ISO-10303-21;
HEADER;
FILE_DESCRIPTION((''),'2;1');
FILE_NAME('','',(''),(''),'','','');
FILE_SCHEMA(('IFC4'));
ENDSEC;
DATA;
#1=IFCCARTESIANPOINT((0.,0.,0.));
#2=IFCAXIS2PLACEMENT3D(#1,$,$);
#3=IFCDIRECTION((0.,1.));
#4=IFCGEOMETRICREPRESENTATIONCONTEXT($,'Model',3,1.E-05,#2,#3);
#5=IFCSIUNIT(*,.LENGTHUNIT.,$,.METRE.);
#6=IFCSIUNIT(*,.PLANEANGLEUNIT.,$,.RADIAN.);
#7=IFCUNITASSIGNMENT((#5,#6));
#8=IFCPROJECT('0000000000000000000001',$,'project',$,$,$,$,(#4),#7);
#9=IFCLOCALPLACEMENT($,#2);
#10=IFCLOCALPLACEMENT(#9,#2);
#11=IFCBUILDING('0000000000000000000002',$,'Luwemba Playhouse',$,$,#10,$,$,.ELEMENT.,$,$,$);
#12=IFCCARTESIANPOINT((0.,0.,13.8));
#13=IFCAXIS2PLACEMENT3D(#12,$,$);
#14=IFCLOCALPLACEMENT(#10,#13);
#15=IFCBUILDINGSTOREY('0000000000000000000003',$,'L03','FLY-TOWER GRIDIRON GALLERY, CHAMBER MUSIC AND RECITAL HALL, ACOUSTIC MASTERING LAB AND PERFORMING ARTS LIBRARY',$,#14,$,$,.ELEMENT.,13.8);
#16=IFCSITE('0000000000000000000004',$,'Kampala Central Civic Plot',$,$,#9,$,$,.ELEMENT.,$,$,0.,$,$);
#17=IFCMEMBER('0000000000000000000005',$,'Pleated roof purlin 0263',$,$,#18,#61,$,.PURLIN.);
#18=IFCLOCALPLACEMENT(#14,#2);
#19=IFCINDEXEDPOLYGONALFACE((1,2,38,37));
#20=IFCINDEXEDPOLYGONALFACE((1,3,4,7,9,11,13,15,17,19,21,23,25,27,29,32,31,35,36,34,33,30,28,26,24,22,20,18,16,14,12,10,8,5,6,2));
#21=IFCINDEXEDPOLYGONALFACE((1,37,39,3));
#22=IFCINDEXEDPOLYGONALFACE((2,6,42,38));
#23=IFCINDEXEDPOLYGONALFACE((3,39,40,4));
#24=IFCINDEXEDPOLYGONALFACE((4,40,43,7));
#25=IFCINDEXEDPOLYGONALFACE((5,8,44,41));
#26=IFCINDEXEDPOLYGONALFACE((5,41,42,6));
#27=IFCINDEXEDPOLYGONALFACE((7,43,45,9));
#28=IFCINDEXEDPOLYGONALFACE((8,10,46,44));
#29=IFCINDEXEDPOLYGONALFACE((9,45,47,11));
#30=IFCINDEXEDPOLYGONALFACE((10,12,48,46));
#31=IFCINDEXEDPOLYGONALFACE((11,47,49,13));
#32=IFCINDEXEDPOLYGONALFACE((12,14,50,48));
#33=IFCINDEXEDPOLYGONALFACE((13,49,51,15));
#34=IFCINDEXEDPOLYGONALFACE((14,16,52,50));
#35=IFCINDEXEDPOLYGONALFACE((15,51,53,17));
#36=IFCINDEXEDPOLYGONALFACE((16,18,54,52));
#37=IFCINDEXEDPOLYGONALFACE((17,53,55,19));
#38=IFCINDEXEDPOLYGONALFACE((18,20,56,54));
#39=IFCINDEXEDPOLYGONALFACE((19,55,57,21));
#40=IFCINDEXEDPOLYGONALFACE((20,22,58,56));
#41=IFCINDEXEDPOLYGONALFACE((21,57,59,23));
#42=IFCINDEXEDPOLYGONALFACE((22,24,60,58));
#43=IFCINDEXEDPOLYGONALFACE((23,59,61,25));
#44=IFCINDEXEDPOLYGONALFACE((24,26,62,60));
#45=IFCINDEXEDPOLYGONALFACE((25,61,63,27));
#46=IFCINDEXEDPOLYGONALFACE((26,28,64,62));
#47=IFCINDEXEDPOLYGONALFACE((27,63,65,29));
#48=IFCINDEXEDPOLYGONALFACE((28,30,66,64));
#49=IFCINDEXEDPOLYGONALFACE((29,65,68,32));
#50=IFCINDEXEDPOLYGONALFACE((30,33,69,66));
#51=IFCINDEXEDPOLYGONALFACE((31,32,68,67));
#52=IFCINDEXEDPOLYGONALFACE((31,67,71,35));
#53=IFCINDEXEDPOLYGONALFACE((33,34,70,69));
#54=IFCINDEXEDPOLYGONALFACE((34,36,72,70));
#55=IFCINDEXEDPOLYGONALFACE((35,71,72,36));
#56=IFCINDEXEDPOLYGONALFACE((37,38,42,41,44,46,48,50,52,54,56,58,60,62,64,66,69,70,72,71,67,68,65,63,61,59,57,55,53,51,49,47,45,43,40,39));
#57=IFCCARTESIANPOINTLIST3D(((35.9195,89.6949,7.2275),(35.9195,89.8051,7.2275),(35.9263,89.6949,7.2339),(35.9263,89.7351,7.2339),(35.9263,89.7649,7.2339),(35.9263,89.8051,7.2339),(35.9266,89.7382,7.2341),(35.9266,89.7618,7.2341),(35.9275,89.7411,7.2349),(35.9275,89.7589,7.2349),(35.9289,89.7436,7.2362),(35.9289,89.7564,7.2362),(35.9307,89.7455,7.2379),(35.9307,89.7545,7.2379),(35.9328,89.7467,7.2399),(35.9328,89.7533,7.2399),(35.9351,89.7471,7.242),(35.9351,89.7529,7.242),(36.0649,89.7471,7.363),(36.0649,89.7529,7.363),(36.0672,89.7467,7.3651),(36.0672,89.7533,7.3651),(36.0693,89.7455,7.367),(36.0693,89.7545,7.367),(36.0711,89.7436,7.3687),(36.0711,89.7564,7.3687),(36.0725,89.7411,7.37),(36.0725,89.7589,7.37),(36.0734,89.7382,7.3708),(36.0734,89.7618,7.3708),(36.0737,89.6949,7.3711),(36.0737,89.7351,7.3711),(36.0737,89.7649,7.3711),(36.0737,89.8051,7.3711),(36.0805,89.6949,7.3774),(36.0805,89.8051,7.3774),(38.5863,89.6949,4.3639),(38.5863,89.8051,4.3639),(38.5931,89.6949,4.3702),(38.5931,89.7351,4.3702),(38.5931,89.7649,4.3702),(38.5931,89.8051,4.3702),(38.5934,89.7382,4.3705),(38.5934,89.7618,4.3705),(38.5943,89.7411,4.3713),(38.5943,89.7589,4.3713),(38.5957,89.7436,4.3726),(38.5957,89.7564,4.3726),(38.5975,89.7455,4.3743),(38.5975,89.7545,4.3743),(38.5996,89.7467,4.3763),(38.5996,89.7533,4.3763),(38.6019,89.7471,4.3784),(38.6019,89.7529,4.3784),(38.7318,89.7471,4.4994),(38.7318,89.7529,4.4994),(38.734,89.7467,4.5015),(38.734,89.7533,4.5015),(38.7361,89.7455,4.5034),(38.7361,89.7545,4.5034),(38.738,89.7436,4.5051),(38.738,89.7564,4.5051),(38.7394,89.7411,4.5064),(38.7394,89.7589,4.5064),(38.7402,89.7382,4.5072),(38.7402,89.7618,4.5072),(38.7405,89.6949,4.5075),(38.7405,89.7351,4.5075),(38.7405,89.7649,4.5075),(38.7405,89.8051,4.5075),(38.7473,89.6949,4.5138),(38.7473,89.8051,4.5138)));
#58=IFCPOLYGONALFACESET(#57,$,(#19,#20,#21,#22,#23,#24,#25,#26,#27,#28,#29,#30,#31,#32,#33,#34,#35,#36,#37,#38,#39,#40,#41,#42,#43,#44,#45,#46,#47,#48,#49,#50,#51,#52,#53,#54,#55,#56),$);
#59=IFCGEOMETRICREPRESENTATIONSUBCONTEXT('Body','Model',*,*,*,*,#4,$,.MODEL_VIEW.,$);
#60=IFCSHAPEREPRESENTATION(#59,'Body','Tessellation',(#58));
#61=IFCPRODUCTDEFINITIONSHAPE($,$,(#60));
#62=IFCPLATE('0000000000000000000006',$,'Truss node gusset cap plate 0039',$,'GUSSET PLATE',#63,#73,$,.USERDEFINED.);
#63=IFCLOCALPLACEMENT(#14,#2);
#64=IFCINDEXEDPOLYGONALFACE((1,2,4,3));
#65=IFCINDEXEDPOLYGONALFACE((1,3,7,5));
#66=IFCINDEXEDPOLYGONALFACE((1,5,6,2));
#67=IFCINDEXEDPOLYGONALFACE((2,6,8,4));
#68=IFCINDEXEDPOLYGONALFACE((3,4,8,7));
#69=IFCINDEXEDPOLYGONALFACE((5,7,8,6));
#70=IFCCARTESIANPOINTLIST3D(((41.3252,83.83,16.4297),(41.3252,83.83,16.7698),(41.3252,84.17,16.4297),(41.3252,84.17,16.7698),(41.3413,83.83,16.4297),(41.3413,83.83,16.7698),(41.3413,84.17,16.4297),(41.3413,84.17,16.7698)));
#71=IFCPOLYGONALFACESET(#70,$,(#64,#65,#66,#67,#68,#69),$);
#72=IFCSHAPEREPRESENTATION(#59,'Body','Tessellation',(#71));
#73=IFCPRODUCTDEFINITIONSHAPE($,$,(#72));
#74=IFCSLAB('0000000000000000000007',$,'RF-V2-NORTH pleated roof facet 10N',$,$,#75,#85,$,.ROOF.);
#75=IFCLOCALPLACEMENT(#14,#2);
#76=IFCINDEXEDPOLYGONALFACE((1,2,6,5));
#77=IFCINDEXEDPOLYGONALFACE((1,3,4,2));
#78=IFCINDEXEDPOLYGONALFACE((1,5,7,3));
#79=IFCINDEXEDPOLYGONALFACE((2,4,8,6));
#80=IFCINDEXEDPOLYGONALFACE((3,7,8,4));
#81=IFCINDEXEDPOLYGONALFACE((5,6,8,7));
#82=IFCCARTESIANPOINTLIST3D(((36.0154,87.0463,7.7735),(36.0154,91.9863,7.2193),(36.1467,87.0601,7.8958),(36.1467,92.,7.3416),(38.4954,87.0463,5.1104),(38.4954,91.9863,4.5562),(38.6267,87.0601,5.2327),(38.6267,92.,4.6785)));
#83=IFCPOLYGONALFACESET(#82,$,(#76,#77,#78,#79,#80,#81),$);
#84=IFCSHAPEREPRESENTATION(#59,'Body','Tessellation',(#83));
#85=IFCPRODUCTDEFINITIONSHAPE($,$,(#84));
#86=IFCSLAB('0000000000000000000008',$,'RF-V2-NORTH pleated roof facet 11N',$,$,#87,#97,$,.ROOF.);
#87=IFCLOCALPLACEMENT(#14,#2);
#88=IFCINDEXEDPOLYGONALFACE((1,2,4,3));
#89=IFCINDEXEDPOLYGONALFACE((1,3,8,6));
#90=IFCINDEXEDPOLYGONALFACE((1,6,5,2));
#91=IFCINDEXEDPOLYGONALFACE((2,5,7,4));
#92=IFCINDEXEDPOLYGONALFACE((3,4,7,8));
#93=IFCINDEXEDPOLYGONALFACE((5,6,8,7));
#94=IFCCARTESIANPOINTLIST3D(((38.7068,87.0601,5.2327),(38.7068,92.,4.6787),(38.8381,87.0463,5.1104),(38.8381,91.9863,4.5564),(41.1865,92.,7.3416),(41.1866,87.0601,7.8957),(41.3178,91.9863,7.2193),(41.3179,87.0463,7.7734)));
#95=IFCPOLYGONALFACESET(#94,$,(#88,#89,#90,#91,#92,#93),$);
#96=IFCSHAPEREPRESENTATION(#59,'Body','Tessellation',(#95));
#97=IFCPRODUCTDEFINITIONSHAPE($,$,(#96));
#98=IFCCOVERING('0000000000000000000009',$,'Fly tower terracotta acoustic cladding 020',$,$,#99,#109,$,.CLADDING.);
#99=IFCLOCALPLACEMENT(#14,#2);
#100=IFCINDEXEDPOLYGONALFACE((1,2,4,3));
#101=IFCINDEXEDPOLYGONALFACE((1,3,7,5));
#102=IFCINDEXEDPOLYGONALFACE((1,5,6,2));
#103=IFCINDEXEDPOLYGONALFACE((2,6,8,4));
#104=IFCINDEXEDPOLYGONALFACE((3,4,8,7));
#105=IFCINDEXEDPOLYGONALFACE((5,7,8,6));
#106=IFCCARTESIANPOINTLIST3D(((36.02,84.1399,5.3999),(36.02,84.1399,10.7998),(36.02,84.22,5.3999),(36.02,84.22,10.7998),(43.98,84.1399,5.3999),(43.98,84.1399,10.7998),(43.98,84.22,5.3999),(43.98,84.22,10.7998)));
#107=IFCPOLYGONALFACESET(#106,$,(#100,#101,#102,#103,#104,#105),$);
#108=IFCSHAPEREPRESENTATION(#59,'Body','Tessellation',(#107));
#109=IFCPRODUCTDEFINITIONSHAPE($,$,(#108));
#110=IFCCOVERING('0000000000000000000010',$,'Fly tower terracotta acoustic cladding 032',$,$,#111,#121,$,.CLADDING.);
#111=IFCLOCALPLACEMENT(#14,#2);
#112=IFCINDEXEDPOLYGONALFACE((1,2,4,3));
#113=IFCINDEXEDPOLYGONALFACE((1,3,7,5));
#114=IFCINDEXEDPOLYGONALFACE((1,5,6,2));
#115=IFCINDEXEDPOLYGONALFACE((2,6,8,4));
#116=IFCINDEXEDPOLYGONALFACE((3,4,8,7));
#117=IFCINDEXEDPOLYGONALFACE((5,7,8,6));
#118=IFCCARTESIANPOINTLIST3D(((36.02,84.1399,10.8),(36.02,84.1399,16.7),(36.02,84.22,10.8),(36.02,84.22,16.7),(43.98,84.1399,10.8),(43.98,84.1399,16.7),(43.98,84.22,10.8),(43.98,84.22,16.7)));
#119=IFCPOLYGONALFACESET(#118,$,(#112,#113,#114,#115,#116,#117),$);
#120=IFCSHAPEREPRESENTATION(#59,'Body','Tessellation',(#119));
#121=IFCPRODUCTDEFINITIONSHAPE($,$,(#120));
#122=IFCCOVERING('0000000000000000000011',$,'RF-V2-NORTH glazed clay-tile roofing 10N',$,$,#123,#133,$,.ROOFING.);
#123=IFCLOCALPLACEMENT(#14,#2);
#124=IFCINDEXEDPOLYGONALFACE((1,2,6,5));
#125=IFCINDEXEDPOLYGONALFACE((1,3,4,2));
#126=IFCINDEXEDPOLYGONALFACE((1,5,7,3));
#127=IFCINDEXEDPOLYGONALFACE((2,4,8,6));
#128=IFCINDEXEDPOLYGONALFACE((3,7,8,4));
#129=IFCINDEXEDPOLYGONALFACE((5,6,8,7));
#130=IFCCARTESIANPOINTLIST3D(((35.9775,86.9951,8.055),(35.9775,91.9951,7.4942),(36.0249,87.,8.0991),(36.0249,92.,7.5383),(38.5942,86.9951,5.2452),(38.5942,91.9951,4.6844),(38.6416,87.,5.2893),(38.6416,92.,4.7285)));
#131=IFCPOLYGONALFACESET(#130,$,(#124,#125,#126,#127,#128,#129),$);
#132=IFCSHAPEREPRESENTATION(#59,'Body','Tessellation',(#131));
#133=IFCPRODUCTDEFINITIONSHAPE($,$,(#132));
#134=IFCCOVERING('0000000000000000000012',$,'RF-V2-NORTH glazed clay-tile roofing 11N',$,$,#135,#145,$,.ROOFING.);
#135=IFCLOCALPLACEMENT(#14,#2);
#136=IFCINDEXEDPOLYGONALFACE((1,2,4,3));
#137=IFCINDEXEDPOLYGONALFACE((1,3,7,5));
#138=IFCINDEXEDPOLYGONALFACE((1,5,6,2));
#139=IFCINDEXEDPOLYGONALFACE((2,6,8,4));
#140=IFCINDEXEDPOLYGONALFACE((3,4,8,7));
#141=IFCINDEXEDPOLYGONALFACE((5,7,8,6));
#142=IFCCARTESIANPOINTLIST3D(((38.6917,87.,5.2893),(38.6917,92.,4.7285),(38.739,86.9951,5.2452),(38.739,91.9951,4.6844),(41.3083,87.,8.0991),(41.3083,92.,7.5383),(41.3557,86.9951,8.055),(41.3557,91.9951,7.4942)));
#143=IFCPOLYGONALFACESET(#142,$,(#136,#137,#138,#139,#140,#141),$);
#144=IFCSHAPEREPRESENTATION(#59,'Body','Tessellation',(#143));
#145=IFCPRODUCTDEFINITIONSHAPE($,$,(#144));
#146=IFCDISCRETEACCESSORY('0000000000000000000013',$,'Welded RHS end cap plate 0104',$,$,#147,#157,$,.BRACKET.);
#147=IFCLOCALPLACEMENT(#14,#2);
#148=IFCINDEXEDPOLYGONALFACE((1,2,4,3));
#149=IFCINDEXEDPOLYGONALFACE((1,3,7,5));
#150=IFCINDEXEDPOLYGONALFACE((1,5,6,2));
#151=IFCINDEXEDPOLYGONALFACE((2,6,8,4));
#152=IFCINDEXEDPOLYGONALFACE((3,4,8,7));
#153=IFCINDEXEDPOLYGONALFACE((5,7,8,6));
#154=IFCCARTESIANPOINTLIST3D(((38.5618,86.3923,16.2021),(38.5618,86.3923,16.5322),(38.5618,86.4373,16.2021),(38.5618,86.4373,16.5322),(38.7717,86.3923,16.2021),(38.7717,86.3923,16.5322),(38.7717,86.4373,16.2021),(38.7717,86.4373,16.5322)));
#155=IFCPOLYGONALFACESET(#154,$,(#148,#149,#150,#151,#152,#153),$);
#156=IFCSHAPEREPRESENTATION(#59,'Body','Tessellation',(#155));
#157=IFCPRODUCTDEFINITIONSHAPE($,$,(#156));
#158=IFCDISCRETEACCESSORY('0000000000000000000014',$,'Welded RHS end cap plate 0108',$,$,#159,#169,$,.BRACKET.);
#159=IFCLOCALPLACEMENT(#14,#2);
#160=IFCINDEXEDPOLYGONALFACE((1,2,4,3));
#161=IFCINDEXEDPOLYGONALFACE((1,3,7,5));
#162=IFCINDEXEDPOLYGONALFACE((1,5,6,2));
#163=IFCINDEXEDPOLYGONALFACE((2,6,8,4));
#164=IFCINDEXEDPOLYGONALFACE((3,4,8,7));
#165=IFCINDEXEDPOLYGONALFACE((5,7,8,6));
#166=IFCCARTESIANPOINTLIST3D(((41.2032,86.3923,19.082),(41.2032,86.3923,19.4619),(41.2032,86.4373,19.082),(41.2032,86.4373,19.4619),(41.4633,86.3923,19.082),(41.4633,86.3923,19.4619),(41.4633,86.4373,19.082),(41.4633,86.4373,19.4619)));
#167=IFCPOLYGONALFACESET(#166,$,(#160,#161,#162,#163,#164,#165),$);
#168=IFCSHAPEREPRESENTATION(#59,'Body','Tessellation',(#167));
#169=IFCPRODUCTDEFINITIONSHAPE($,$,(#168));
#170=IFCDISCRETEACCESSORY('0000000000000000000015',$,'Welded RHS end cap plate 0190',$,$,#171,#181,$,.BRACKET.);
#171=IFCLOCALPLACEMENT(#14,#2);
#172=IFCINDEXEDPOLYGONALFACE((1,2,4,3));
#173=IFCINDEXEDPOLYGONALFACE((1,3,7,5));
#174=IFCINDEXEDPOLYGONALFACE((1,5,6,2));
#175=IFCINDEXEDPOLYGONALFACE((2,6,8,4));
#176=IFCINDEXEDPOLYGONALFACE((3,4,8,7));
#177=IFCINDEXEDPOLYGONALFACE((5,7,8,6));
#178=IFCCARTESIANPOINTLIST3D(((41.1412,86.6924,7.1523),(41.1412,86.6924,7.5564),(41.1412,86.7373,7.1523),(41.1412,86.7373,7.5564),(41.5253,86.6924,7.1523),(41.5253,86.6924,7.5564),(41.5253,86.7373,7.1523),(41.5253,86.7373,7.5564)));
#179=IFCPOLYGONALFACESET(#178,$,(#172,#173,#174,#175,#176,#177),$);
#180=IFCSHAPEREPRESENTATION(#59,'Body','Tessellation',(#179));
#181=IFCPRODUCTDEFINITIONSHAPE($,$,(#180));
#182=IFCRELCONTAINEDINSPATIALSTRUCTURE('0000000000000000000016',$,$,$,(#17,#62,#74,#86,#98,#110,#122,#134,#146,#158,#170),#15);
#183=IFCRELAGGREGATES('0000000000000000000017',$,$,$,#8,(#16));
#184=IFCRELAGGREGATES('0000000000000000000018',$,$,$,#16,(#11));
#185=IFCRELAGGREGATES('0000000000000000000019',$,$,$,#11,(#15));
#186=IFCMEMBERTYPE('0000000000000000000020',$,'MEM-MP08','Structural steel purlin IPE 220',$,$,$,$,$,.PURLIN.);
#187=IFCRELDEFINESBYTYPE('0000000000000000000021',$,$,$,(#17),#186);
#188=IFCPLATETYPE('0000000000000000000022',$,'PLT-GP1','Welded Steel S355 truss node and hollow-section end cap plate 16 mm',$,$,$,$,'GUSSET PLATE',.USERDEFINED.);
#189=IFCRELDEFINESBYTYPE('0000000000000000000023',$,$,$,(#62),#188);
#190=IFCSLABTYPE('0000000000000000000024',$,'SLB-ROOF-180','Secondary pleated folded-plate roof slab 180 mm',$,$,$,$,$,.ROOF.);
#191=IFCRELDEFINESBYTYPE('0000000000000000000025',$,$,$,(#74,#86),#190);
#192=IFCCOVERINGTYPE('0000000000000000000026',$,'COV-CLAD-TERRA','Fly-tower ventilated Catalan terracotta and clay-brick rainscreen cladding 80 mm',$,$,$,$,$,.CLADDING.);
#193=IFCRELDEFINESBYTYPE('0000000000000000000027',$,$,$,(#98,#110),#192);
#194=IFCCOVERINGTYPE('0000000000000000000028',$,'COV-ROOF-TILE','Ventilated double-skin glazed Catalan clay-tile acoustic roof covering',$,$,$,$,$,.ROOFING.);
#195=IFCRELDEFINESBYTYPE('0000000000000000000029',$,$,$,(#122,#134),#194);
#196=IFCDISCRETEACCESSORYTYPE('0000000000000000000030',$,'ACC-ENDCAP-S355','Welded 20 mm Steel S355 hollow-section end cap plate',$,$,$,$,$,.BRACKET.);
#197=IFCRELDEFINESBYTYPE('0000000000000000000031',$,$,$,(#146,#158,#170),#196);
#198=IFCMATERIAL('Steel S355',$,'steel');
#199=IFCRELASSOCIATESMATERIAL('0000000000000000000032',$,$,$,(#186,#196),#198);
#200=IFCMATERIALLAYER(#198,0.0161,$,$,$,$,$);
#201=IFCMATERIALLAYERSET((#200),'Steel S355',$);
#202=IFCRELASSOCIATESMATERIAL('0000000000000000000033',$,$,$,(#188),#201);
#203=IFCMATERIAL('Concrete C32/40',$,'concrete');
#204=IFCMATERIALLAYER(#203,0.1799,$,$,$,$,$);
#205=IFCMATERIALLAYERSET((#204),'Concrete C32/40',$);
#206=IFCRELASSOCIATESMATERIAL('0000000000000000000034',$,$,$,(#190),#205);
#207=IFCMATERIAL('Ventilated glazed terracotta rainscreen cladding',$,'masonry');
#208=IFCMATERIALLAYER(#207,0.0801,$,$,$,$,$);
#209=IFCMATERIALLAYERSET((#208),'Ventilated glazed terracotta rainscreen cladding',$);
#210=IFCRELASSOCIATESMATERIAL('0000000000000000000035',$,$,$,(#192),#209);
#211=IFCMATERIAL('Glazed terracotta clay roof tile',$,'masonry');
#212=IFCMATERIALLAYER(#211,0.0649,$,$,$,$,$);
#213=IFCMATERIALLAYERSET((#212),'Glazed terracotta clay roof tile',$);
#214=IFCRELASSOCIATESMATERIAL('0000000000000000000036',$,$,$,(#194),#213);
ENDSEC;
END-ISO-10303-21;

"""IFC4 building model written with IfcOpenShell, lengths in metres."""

from ifc_helpers import new_model, si_unit, direction, frame, origin, origin_2d, place, context, subcontext, project, spatial, polyline, rectangle, i_section, outline, extrude, material, layer, layer_set, material_profile, profile_set, type_object, element, save


model = new_model("IFC4")

# Units and contexts
model_context = context("Model", 3, precision=1e-05, world=origin(), true_north=direction((0.0, 1.0)))
body_context = subcontext(model_context, "Body", "Model", "MODEL_VIEW")
ifc_project = project(units=[si_unit("LENGTHUNIT", "METRE"), si_unit("PLANEANGLEUNIT", "RADIAN")], contexts=[model_context])

# Site, building, storey
site_placement = place(None, origin())
site = spatial("IfcSite", under=ifc_project, at=site_placement, Name="Kampala Central Civic Plot", CompositionType="ELEMENT", RefElevation=0.0)
building_placement = place(site_placement, origin())
building = spatial("IfcBuilding", under=site, at=building_placement, Name="Luwemba Playhouse", CompositionType="ELEMENT")
storey_placement = place(building_placement, frame((0.0, 0.0, 13.8)))
storey = spatial("IfcBuildingStorey", under=building, at=storey_placement, Name="L03", Description="FLY-TOWER GRIDIRON GALLERY, CHAMBER MUSIC AND RECITAL HALL, ACOUSTIC MASTERING LAB AND PERFORMING ARTS LIBRARY", CompositionType="ELEMENT", Elevation=13.8)

# Shared definitions
ifc_material_1 = material(Name="Steel S355", Category="steel")

# Member
ifc_material_profile_1 = material_profile(ifc_material_1, i_section(OverallWidth=0.1101, OverallDepth=0.22, WebThickness=0.0059, FlangeThickness=0.0093, FilletRadius=0.012, at=origin_2d()))
ifc_profile_set_1 = profile_set([ifc_material_profile_1], Name="Steel S355")
member_type_1 = type_object("IfcMemberType", Name="MEM-MP08", Description="Structural steel purlin IPE 220", PredefinedType="PURLIN", material=ifc_profile_set_1)
member_1_placement = place(storey_placement, frame((36.0, 89.75, 7.3025), z_axis=(0.681515, 0.0, -0.731804), x_axis=(0.0, 1.0, 0.0)))
element("IfcMember", 1, at=member_1_placement, inside=storey, type_object=member_type_1, Name="Pleated roof purlin 0263", PredefinedType="PURLIN", context=body_context, shape_type="SweptSolid", body=[
    extrude(i_section(OverallWidth=0.1101, OverallDepth=0.22, WebThickness=0.0059, FlangeThickness=0.0093, FilletRadius=0.012, at=origin_2d()), origin(), (0.0, 0.0, 1.0), 3.9131),
])

# Plate
ifc_layer_1 = layer(ifc_material_1, 0.0161)
ifc_layer_set_1 = layer_set([ifc_layer_1], Name="Steel S355")
plate_type = type_object("IfcPlateType", Name="PLT-GP1", Description="Welded Steel S355 truss node and hollow-section end cap plate 16 mm", ElementType="GUSSET PLATE", PredefinedType="USERDEFINED", material=ifc_layer_set_1)
plate_placement = place(storey_placement, frame((41.3333, 84.0, 16.4297), z_axis=(0.0, 0.0, 1.0), x_axis=(1.0, 0.0, 0.0)))
element("IfcPlate", 2, at=plate_placement, inside=storey, type_object=plate_type, Name="Truss node gusset cap plate 0039", ObjectType="GUSSET PLATE", PredefinedType="USERDEFINED", context=body_context, shape_type="SweptSolid", body=[
    extrude(rectangle(XDim=0.0161, YDim=0.3401, at=origin_2d()), origin(), (0.0, 0.0, 1.0), 0.3401),
])

# Slabs
ifc_material_2 = material(Name="Concrete C32/40", Category="concrete")
ifc_layer_2 = layer(ifc_material_2, 0.1799)
ifc_layer_set_2 = layer_set([ifc_layer_2], Name="Concrete C32/40")
slab_type = type_object("IfcSlabType", Name="SLB-ROOF-180", Description="Secondary pleated folded-plate roof slab 180 mm", PredefinedType="ROOF", material=ifc_layer_set_2)
slab_1_placement = place(storey_placement, frame((36.1467, 87.0601, 7.8958), z_axis=(0.729688, 0.076233, 0.679517), x_axis=(0.6815, 0.0, -0.731818)))
element("IfcSlab", 3, at=slab_1_placement, inside=storey, type_object=slab_type, Name="RF-V2-NORTH pleated roof facet 10N", PredefinedType="ROOF", context=body_context, shape_type="SweptSolid", body=[
    extrude(outline(polyline([(0.0, 0.0), (3.639, 0.0), (4.0446, 4.9544), (0.4056, 4.9544), (0.0, 0.0)])), origin(), (0.0, 0.0, -1.0), 0.1799),
])
slab_2_placement = place(storey_placement, frame((38.7068, 87.0601, 5.2327), z_axis=(-0.729707, 0.076214, 0.679499), x_axis=(0.681481, -0.000002, 0.731836)))
element("IfcSlab", 4, at=slab_2_placement, inside=storey, type_object=slab_type, Name="RF-V2-NORTH pleated roof facet 11N", PredefinedType="ROOF", context=body_context, shape_type="SweptSolid", body=[
    extrude(outline(polyline([(0.0, 0.0), (3.6388, 0.0), (3.2332, 4.9544), (-0.4054, 4.9543), (0.0, 0.0)])), origin(), (0.0, 0.0, -1.0), 0.1799),
])

# Coverings
ifc_material_3 = material(Name="Ventilated glazed terracotta rainscreen cladding", Category="masonry")
ifc_layer_3 = layer(ifc_material_3, 0.0801)
ifc_layer_set_3 = layer_set([ifc_layer_3], Name="Ventilated glazed terracotta rainscreen cladding")
covering_type_1 = type_object("IfcCoveringType", Name="COV-CLAD-TERRA", Description="Fly-tower ventilated Catalan terracotta and clay-brick rainscreen cladding 80 mm", PredefinedType="CLADDING", material=ifc_layer_set_3)
covering_1_placement = place(storey_placement, frame((40.0, 84.1799, 5.3999), z_axis=(0.0, 0.0, 1.0), x_axis=(1.0, 0.0, 0.0)))
element("IfcCovering", 5, at=covering_1_placement, inside=storey, type_object=covering_type_1, Name="Fly tower terracotta acoustic cladding 020", PredefinedType="CLADDING", context=body_context, shape_type="SweptSolid", body=[
    extrude(rectangle(XDim=7.96, YDim=0.0801, at=origin_2d()), origin(), (0.0, 0.0, 1.0), 5.3999),
])
covering_2_placement = place(storey_placement, frame((40.0, 84.1799, 10.8), z_axis=(0.0, 0.0, 1.0), x_axis=(1.0, 0.0, 0.0)))
element("IfcCovering", 6, at=covering_2_placement, inside=storey, type_object=covering_type_1, Name="Fly tower terracotta acoustic cladding 032", PredefinedType="CLADDING", context=body_context, shape_type="SweptSolid", body=[
    extrude(rectangle(XDim=7.96, YDim=0.0801, at=origin_2d()), origin(), (0.0, 0.0, 1.0), 5.8999),
])
ifc_material_4 = material(Name="Glazed terracotta clay roof tile", Category="masonry")
ifc_layer_4 = layer(ifc_material_4, 0.0649)
ifc_layer_set_4 = layer_set([ifc_layer_4], Name="Glazed terracotta clay roof tile")
covering_type_2 = type_object("IfcCoveringType", Name="COV-ROOF-TILE", Description="Ventilated double-skin glazed Catalan clay-tile acoustic roof covering", PredefinedType="ROOFING", material=ifc_layer_set_4)
covering_3_placement = place(storey_placement, frame((36.0249, 87.0, 8.0991), z_axis=(0.729679, 0.076215, 0.679529), x_axis=(0.681511, 0.0, -0.731808)))
element("IfcCovering", 7, at=covering_3_placement, inside=storey, type_object=covering_type_2, Name="RF-V2-NORTH glazed clay-tile roofing 10N", PredefinedType="ROOFING", context=body_context, shape_type="SweptSolid", body=[
    extrude(outline(polyline([(0.0, 0.0), (3.8396, 0.0), (4.2499, 5.0146), (0.4104, 5.0146), (0.0, 0.0)])), origin(), (0.0, 0.0, -1.0), 0.0649),
])
covering_4_placement = place(storey_placement, frame((38.6917, 87.0, 5.2893), z_axis=(-0.729679, 0.076215, 0.679529), x_axis=(0.681511, 0.0, 0.731808)))
element("IfcCovering", 8, at=covering_4_placement, inside=storey, type_object=covering_type_2, Name="RF-V2-NORTH glazed clay-tile roofing 11N", PredefinedType="ROOFING", context=body_context, shape_type="SweptSolid", body=[
    extrude(outline(polyline([(0.0, 0.0), (3.8396, 0.0), (3.4292, 5.0146), (-0.4104, 5.0146), (0.0, 0.0)])), origin(), (0.0, 0.0, -1.0), 0.0649),
])

# Discrete accessories
discrete_accessory_type = type_object("IfcDiscreteAccessoryType", Name="ACC-ENDCAP-S355", Description="Welded 20 mm Steel S355 hollow-section end cap plate", PredefinedType="BRACKET", material=ifc_material_1)
discrete_accessory_1_placement = place(storey_placement, frame((38.6667, 86.4148, 16.2021), z_axis=(0.0, 0.0, 1.0), x_axis=(1.0, 0.0, 0.0)))
element("IfcDiscreteAccessory", 9, at=discrete_accessory_1_placement, inside=storey, type_object=discrete_accessory_type, Name="Welded RHS end cap plate 0104", PredefinedType="BRACKET", context=body_context, shape_type="SweptSolid", body=[
    extrude(rectangle(XDim=0.21, YDim=0.0449, at=origin_2d()), origin(), (0.0, 0.0, 1.0), 0.3301),
])
discrete_accessory_2_placement = place(storey_placement, frame((41.3333, 86.4148, 19.082), z_axis=(0.0, 0.0, 1.0), x_axis=(1.0, 0.0, 0.0)))
element("IfcDiscreteAccessory", 10, at=discrete_accessory_2_placement, inside=storey, type_object=discrete_accessory_type, Name="Welded RHS end cap plate 0108", PredefinedType="BRACKET", context=body_context, shape_type="SweptSolid", body=[
    extrude(rectangle(XDim=0.26, YDim=0.0449, at=origin_2d()), origin(), (0.0, 0.0, 1.0), 0.3799),
])
for number, where, z_axis, x_axis, name in (
    (11, (41.3333, 86.7148, 7.1523), (0.0, 0.0, 1.0), (1.0, 0.0, 0.0), "Welded RHS end cap plate 0190"),
):
    element("IfcDiscreteAccessory", number, at=place(storey_placement, frame(where, z_axis=z_axis, x_axis=x_axis)), inside=storey, type_object=discrete_accessory_type, Name=name, PredefinedType="BRACKET", context=body_context, shape_type="SweptSolid", body=[
        extrude(rectangle(XDim=0.384, YDim=0.0449, at=origin_2d()), origin(), (0.0, 0.0, 1.0), 0.4041),
    ])

save(model, "model.ifc")
